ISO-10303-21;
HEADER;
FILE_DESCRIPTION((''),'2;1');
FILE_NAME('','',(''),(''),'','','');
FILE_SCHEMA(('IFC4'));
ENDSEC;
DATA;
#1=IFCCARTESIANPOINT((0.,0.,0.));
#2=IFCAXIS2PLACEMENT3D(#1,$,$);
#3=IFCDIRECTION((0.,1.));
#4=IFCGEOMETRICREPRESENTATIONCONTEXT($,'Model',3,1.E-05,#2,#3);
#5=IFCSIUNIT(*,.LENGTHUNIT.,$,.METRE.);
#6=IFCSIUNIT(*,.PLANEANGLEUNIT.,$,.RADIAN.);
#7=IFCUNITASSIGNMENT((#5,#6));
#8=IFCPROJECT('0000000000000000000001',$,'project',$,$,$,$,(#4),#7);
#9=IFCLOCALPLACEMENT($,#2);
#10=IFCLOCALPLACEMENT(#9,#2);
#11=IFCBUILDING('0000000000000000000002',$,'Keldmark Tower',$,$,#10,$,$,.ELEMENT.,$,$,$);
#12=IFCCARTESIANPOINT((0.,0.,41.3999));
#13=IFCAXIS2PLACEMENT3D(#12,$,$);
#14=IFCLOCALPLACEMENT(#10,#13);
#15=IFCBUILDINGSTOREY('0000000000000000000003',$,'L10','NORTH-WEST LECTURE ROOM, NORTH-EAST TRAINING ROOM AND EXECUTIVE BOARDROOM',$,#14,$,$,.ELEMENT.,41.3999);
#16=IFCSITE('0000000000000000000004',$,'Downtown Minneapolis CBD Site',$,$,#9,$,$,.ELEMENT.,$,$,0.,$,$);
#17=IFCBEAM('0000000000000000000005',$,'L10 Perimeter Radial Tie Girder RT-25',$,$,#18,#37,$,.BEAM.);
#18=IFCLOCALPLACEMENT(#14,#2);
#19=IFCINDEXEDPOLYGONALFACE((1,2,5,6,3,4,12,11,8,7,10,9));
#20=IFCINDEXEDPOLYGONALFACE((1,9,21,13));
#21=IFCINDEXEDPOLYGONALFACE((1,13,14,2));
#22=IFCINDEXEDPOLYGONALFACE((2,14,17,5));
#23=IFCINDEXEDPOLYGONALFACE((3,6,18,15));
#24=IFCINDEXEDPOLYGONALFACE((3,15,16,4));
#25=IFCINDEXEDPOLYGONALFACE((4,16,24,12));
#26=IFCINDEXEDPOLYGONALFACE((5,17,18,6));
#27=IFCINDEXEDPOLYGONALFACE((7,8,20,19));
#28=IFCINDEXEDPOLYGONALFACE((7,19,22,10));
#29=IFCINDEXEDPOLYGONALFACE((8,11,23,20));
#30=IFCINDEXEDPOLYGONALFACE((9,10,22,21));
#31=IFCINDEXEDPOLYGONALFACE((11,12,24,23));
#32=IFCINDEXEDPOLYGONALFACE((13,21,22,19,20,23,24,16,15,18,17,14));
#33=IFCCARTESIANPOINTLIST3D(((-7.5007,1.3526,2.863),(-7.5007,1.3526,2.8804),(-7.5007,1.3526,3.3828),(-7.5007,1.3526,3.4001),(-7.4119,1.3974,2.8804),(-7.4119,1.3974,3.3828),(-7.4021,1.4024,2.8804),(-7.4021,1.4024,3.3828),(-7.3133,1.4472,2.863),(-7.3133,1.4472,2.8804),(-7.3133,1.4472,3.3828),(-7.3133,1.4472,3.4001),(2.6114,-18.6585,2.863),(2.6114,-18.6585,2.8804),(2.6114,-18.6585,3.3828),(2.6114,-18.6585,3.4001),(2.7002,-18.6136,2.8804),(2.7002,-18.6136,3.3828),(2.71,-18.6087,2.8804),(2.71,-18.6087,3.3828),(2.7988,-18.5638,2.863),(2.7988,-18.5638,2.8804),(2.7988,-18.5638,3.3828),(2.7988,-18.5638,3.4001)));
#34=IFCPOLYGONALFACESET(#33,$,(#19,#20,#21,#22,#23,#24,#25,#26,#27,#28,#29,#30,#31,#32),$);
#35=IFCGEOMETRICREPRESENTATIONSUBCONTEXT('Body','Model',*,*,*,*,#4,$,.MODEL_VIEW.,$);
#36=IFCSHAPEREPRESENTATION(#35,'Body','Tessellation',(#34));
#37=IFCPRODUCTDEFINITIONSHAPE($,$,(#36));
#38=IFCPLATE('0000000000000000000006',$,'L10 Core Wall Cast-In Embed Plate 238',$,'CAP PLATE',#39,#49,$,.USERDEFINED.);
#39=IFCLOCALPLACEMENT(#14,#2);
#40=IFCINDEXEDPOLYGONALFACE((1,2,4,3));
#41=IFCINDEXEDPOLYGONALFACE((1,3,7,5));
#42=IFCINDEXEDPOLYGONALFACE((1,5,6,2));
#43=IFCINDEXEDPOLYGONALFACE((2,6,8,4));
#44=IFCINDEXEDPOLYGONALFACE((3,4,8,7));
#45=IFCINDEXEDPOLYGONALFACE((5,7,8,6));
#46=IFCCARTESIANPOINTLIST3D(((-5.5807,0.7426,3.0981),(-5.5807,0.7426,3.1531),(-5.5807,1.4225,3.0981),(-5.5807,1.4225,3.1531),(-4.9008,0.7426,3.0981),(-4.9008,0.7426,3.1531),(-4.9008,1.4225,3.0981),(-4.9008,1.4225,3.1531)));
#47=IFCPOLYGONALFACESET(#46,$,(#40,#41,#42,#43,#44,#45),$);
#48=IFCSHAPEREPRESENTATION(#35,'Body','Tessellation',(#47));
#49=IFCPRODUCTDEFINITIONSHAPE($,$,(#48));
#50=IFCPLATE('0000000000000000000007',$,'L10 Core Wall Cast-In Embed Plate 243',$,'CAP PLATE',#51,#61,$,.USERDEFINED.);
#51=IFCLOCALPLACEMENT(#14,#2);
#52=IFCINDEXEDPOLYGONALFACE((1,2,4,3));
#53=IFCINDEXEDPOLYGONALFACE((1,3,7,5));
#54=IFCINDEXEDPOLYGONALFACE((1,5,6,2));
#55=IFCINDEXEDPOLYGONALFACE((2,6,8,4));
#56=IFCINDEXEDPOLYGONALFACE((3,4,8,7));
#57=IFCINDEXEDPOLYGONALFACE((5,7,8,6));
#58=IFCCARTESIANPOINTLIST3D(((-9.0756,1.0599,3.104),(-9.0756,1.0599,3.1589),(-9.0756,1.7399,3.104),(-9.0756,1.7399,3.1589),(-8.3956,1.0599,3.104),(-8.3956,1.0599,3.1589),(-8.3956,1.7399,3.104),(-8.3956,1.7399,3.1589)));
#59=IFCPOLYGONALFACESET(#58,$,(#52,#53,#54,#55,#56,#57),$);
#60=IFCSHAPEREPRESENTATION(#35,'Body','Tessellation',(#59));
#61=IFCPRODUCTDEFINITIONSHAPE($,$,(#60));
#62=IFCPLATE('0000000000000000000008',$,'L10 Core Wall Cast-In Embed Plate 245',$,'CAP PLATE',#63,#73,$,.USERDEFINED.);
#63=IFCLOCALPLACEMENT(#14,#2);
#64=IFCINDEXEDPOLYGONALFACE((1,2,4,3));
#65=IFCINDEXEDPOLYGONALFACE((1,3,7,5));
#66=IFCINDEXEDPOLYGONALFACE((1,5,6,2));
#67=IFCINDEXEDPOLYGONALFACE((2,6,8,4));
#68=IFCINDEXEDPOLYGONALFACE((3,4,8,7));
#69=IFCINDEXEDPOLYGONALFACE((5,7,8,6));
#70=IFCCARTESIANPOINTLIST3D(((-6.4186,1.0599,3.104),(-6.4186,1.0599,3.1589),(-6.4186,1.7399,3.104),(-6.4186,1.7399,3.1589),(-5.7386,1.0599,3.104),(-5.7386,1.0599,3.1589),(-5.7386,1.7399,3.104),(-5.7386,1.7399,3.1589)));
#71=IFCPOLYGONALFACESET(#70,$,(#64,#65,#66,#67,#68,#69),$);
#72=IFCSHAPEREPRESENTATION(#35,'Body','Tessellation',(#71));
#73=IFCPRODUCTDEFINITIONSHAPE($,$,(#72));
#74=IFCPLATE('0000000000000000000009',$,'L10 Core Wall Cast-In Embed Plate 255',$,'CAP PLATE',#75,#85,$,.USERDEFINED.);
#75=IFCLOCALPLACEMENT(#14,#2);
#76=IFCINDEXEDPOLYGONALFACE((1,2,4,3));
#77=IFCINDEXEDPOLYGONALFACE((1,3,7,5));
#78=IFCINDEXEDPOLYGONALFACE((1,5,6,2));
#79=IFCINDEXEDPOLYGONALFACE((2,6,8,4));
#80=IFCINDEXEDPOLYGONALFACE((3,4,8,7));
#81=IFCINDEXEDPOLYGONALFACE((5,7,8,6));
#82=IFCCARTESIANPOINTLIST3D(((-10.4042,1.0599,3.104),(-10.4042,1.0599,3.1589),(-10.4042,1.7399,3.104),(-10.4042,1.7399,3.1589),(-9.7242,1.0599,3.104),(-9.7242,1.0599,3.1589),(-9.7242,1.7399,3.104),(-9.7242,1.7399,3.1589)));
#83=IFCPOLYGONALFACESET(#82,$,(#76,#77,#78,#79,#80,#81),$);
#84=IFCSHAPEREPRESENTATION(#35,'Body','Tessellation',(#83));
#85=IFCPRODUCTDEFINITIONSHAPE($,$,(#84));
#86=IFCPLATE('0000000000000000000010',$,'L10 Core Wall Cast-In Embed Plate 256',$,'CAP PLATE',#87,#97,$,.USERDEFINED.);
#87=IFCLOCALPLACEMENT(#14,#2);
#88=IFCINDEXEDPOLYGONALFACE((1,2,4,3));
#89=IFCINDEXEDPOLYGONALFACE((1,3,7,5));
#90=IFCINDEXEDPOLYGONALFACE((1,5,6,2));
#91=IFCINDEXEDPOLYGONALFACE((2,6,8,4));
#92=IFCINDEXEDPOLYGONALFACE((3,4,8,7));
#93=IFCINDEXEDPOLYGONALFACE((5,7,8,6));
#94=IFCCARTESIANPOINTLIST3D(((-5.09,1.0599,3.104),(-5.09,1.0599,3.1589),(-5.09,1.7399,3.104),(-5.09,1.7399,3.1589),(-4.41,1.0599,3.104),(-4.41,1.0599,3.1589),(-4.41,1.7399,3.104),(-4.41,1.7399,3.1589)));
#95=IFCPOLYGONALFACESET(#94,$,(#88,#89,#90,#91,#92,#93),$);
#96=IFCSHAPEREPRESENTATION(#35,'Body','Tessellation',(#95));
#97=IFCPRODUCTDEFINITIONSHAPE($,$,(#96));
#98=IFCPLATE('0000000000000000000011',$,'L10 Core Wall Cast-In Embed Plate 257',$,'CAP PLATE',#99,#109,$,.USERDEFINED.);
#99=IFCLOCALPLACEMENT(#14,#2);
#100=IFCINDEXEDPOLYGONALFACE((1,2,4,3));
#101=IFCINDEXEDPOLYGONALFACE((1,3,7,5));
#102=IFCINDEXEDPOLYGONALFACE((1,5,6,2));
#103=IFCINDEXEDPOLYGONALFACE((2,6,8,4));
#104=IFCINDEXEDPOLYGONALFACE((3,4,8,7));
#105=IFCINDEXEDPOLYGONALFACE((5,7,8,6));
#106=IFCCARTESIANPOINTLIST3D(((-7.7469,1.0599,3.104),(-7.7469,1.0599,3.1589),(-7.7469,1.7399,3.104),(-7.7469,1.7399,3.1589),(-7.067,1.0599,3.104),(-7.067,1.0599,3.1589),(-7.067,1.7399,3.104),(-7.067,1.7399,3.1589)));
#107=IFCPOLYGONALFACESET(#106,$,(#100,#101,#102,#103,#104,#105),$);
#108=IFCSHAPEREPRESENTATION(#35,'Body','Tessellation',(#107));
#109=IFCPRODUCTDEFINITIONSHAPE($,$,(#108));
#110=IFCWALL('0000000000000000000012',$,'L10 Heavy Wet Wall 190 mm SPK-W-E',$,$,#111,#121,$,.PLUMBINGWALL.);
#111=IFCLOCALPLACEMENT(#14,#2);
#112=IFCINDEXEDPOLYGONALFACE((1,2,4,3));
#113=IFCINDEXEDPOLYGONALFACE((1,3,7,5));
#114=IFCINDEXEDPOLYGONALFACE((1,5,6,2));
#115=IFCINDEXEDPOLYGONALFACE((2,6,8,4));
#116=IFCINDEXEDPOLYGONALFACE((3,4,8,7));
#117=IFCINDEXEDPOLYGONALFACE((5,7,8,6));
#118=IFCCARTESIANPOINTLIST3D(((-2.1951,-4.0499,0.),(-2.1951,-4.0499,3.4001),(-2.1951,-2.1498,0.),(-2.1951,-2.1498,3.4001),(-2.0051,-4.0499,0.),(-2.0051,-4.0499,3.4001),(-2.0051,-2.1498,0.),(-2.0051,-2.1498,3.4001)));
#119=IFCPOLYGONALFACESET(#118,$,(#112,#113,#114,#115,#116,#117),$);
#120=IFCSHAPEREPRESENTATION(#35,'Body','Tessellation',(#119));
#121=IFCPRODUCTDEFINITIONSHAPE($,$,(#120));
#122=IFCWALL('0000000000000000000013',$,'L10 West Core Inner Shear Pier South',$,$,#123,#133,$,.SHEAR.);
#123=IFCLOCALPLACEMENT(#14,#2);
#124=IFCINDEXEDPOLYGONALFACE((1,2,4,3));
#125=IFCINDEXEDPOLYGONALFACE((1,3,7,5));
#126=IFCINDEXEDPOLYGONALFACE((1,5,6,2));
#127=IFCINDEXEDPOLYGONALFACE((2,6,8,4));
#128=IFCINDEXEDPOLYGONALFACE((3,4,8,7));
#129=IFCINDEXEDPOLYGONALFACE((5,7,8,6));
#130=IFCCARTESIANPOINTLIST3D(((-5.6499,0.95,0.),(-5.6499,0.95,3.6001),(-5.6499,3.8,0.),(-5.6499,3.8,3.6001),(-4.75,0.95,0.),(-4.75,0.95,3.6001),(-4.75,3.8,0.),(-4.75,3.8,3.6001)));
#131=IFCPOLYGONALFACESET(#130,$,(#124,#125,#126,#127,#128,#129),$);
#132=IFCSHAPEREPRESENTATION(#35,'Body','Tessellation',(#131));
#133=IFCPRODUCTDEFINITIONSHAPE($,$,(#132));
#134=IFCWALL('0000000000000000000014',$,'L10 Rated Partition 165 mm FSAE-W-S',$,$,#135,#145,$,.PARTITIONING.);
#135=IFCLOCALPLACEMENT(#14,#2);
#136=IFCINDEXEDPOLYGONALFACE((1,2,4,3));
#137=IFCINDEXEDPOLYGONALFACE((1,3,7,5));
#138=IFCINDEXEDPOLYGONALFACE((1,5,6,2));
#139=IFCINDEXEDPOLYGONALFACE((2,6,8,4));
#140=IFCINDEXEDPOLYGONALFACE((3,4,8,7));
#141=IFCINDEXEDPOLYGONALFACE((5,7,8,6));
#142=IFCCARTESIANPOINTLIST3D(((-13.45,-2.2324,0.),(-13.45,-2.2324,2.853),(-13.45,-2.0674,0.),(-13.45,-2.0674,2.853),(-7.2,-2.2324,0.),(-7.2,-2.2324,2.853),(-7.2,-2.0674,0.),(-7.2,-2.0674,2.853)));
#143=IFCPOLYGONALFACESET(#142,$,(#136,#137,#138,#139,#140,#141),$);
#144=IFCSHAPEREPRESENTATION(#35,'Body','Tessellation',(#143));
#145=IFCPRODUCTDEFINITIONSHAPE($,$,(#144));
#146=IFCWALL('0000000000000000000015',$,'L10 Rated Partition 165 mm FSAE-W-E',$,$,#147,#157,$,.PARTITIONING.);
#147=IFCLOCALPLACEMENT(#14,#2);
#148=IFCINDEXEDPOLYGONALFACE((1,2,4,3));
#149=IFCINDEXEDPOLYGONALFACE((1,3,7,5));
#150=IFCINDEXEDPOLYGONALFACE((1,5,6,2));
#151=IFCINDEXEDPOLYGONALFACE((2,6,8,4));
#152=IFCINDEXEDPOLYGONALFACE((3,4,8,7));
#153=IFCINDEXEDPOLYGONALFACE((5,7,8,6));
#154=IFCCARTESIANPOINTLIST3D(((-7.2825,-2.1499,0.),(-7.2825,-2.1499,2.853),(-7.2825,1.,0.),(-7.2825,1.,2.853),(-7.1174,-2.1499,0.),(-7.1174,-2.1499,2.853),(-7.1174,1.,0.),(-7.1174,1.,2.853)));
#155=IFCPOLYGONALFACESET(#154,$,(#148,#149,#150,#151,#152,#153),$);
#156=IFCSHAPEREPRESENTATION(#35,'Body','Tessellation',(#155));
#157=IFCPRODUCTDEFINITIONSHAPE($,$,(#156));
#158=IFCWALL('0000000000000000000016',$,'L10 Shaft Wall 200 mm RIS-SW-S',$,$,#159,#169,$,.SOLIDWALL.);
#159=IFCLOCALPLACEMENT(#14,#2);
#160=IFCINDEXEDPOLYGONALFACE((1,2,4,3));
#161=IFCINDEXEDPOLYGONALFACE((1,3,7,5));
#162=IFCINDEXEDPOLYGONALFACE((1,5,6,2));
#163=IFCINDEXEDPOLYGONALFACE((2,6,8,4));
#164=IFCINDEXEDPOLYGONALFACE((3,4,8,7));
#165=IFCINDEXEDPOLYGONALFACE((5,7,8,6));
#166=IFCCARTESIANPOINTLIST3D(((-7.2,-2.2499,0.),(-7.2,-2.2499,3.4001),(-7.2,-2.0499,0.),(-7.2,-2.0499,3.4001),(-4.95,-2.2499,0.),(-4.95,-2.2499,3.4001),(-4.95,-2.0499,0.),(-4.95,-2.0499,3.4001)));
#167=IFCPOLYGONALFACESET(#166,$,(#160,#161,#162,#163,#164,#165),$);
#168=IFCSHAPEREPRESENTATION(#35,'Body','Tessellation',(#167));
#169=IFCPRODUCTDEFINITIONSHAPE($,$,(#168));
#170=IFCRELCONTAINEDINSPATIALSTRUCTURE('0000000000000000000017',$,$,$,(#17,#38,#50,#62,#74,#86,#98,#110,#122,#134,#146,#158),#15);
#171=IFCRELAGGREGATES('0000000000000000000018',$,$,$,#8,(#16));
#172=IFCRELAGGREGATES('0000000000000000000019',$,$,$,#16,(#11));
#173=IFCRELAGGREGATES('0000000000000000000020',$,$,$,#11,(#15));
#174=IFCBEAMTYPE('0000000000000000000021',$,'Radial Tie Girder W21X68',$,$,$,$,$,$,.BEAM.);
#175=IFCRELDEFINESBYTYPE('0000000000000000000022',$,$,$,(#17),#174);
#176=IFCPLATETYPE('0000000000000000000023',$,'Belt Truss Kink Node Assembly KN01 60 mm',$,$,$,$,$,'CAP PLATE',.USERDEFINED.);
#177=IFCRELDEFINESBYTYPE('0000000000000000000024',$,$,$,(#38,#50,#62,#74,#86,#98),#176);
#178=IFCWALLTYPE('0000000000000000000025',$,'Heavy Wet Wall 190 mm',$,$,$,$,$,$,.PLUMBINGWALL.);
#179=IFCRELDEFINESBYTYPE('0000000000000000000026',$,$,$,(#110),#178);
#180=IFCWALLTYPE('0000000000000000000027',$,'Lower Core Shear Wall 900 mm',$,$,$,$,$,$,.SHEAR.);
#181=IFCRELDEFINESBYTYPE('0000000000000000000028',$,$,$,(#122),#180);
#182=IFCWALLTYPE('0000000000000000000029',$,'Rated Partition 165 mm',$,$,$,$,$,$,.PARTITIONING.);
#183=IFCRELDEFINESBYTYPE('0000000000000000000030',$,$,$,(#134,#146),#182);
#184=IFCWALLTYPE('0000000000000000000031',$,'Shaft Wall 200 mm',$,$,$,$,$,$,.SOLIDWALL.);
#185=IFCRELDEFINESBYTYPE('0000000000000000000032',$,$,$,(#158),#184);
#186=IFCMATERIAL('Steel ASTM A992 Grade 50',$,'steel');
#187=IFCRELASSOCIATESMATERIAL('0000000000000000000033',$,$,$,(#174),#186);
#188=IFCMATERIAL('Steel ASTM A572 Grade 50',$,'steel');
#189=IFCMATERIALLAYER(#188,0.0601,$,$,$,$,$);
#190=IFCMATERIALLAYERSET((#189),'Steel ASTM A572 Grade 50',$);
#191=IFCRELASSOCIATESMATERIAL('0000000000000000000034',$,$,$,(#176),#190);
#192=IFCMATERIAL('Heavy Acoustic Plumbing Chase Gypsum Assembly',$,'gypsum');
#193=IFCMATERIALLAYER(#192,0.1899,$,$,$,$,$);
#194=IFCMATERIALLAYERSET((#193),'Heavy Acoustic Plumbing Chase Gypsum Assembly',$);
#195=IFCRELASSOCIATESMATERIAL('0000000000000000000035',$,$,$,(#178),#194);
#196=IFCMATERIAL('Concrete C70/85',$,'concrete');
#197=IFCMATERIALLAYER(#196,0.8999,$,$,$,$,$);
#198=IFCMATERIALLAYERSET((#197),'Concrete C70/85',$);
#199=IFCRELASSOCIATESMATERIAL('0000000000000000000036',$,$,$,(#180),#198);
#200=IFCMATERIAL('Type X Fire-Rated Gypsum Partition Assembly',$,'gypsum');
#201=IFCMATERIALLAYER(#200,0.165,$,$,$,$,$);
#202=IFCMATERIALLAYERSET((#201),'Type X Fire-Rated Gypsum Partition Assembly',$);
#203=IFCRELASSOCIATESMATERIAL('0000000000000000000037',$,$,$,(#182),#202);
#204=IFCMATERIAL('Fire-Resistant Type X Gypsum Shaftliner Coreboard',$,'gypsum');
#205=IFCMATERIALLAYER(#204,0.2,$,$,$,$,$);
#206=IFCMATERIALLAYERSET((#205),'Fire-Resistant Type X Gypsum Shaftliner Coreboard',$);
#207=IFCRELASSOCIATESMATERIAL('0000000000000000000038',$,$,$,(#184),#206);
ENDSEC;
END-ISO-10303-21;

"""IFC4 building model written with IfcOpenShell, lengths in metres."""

from ifc_helpers import new_model, si_unit, direction, frame, frame_2d, origin, origin_2d, place, context, subcontext, project, spatial, rectangle, i_section, extrude, material, layer, layer_set, material_profile, profile_set, type_object, element, save


model = new_model("IFC4")

# Units and contexts
model_context = context("Model", 3, precision=1e-05, world=origin(), true_north=direction((0.0, 1.0)))
body_context = subcontext(model_context, "Body", "Model", "MODEL_VIEW")
ifc_project = project(units=[si_unit("LENGTHUNIT", "METRE"), si_unit("PLANEANGLEUNIT", "RADIAN")], contexts=[model_context])

# Site, building, storey
site_placement = place(None, origin())
site = spatial("IfcSite", under=ifc_project, at=site_placement, Name="Downtown Minneapolis CBD Site", CompositionType="ELEMENT", RefElevation=0.0)
building_placement = place(site_placement, origin())
building = spatial("IfcBuilding", under=site, at=building_placement, Name="Keldmark Tower", CompositionType="ELEMENT")
storey_placement = place(building_placement, frame((0.0, 0.0, 41.3999)))
storey = spatial("IfcBuildingStorey", under=building, at=storey_placement, Name="L10", Description="NORTH-WEST LECTURE ROOM, NORTH-EAST TRAINING ROOM AND EXECUTIVE BOARDROOM", CompositionType="ELEMENT", Elevation=41.3999)

# Beam
ifc_material_1 = material(Name="Steel ASTM A992 Grade 50", Category="steel")
ifc_material_profile_1 = material_profile(ifc_material_1, i_section(OverallWidth=0.21, OverallDepth=0.5371, WebThickness=0.011, FlangeThickness=0.0173, at=origin_2d()), Name="W21X68")
ifc_profile_set_1 = profile_set([ifc_material_profile_1], Name="Steel ASTM A992 Grade 50")
beam_type_1 = type_object("IfcBeamType", Name="Radial Tie Girder W21X68", PredefinedType="BEAM", material=ifc_profile_set_1)
beam_1_placement = place(storey_placement, frame((-7.407, 1.3999, 3.1316), z_axis=(0.451012, -0.892518, 0.0), x_axis=(0.892518, 0.451012, 0.0)))
element("IfcBeam", 1, at=beam_1_placement, inside=storey, type_object=beam_type_1, Name="L10 Perimeter Radial Tie Girder RT-25", PredefinedType="BEAM", context=body_context, shape_type="SweptSolid", body=[
    extrude(i_section(OverallWidth=0.21, OverallDepth=0.5371, WebThickness=0.011, FlangeThickness=0.0173, at=origin_2d()), origin(), (0.0, 0.0, 1.0), 22.4209),
])

# Plates
ifc_material_2 = material(Name="Steel ASTM A572 Grade 50", Category="steel")
ifc_layer_1 = layer(ifc_material_2, 0.0601)
ifc_layer_set_1 = layer_set([ifc_layer_1], Name="Steel ASTM A572 Grade 50")
plate_type = type_object("IfcPlateType", Name="Belt Truss Kink Node Assembly KN01 60 mm", ElementType="CAP PLATE", PredefinedType="USERDEFINED", material=ifc_layer_set_1)
for number, where, z_axis, x_axis, name in (
    (2, (-5.2407, 1.0825, 3.0981), (0.0, 0.0, 1.0), (1.0, 0.0, 0.0), "L10 Core Wall Cast-In Embed Plate 238"),
    (3, (-8.7356, 1.3999, 3.104), (0.0, 0.0, 1.0), (1.0, 0.0, 0.0), "L10 Core Wall Cast-In Embed Plate 243"),
    (4, (-6.0786, 1.3999, 3.104), (0.0, 0.0, 1.0), (1.0, 0.0, 0.0), "L10 Core Wall Cast-In Embed Plate 245"),
    (5, (-10.0642, 1.3999, 3.104), (0.0, 0.0, 1.0), (1.0, 0.0, 0.0), "L10 Core Wall Cast-In Embed Plate 255"),
    (6, (-4.75, 1.3999, 3.104), (0.0, 0.0, 1.0), (1.0, 0.0, 0.0), "L10 Core Wall Cast-In Embed Plate 256"),
    (7, (-7.407, 1.3999, 3.104), (0.0, 0.0, 1.0), (1.0, 0.0, 0.0), "L10 Core Wall Cast-In Embed Plate 257"),
):
    element("IfcPlate", number, at=place(storey_placement, frame(where, z_axis=z_axis, x_axis=x_axis)), inside=storey, type_object=plate_type, Name=name, ObjectType="CAP PLATE", PredefinedType="USERDEFINED", context=body_context, shape_type="SweptSolid", body=[
        extrude(rectangle(XDim=0.6799, YDim=0.6799, at=origin_2d()), origin(), (0.0, 0.0, 1.0), 0.0549),
    ])

# Wall
ifc_material_3 = material(Name="Heavy Acoustic Plumbing Chase Gypsum Assembly", Category="gypsum")
ifc_layer_2 = layer(ifc_material_3, 0.1899)
ifc_layer_set_2 = layer_set([ifc_layer_2], Name="Heavy Acoustic Plumbing Chase Gypsum Assembly")
wall_type_1 = type_object("IfcWallType", Name="Heavy Wet Wall 190 mm", PredefinedType="PLUMBINGWALL", material=ifc_layer_set_2)
wall_1_placement = place(storey_placement, frame((-2.1001, -4.05, 0.0), z_axis=(0.0, 0.0, 1.0), x_axis=(0.0, 1.0, 0.0)))
element("IfcWall", 8, at=wall_1_placement, inside=storey, type_object=wall_type_1, Name="L10 Heavy Wet Wall 190 mm SPK-W-E", PredefinedType="PLUMBINGWALL", context=body_context, shape_type="SweptSolid", body=[
    extrude(rectangle(XDim=1.9001, YDim=0.1899, at=frame_2d((0.9502, 0.0))), origin(), (0.0, 0.0, 1.0), 3.4001),
])

# Shared definitions
ifc_material_4 = material(Name="Concrete C70/85", Category="concrete")
ifc_layer_3 = layer(ifc_material_4, 0.8999)
ifc_layer_set_3 = layer_set([ifc_layer_3], Name="Concrete C70/85")
wall_type_2 = type_object("IfcWallType", Name="Lower Core Shear Wall 900 mm", PredefinedType="SHEAR", material=ifc_layer_set_3)

# Walls
wall_2_placement = place(storey_placement, frame((-5.2, 0.95, 0.0), z_axis=(0.0, 0.0, 1.0), x_axis=(0.0, 1.0, 0.0)))
element("IfcWall", 9, at=wall_2_placement, inside=storey, type_object=wall_type_2, Name="L10 West Core Inner Shear Pier South", PredefinedType="SHEAR", context=body_context, shape_type="SweptSolid", body=[
    extrude(rectangle(XDim=2.8501, YDim=0.8999, at=frame_2d((1.425, 0.0))), origin(), (0.0, 0.0, 1.0), 3.6001),
])
ifc_material_5 = material(Name="Type X Fire-Rated Gypsum Partition Assembly", Category="gypsum")
ifc_layer_4 = layer(ifc_material_5, 0.165)
ifc_layer_set_4 = layer_set([ifc_layer_4], Name="Type X Fire-Rated Gypsum Partition Assembly")
wall_type_3 = type_object("IfcWallType", Name="Rated Partition 165 mm", PredefinedType="PARTITIONING", material=ifc_layer_set_4)
wall_3_placement = place(storey_placement, frame((-13.45, -2.1499, 0.0), z_axis=(0.0, 0.0, 1.0), x_axis=(1.0, 0.0, 0.0)))
element("IfcWall", 10, at=wall_3_placement, inside=storey, type_object=wall_type_3, Name="L10 Rated Partition 165 mm FSAE-W-S", PredefinedType="PARTITIONING", context=body_context, shape_type="SweptSolid", body=[
    extrude(rectangle(XDim=6.25, YDim=0.165, at=frame_2d((3.125, 0.0))), origin(), (0.0, 0.0, 1.0), 2.853),
])

# Walls
wall_4_placement = place(storey_placement, frame((-7.2, -2.1499, 0.0), z_axis=(0.0, 0.0, 1.0), x_axis=(0.0, 1.0, 0.0)))
element("IfcWall", 11, at=wall_4_placement, inside=storey, type_object=wall_type_3, Name="L10 Rated Partition 165 mm FSAE-W-E", PredefinedType="PARTITIONING", context=body_context, shape_type="SweptSolid", body=[
    extrude(rectangle(XDim=3.1499, YDim=0.165, at=frame_2d((1.575, 0.0))), origin(), (0.0, 0.0, 1.0), 2.853),
])
ifc_material_6 = material(Name="Fire-Resistant Type X Gypsum Shaftliner Coreboard", Category="gypsum")
ifc_layer_5 = layer(ifc_material_6, 0.2)
ifc_layer_set_5 = layer_set([ifc_layer_5], Name="Fire-Resistant Type X Gypsum Shaftliner Coreboard")
wall_type_4 = type_object("IfcWallType", Name="Shaft Wall 200 mm", PredefinedType="SOLIDWALL", material=ifc_layer_set_5)
wall_5_placement = place(storey_placement, frame((-7.2, -2.1499, 0.0), z_axis=(0.0, 0.0, 1.0), x_axis=(1.0, 0.0, 0.0)))
element("IfcWall", 12, at=wall_5_placement, inside=storey, type_object=wall_type_4, Name="L10 Shaft Wall 200 mm RIS-SW-S", PredefinedType="SOLIDWALL", context=body_context, shape_type="SweptSolid", body=[
    extrude(rectangle(XDim=2.25, YDim=0.2, at=frame_2d((1.125, 0.0))), origin(), (0.0, 0.0, 1.0), 3.4001),
])

save(model, "model.ifc")
